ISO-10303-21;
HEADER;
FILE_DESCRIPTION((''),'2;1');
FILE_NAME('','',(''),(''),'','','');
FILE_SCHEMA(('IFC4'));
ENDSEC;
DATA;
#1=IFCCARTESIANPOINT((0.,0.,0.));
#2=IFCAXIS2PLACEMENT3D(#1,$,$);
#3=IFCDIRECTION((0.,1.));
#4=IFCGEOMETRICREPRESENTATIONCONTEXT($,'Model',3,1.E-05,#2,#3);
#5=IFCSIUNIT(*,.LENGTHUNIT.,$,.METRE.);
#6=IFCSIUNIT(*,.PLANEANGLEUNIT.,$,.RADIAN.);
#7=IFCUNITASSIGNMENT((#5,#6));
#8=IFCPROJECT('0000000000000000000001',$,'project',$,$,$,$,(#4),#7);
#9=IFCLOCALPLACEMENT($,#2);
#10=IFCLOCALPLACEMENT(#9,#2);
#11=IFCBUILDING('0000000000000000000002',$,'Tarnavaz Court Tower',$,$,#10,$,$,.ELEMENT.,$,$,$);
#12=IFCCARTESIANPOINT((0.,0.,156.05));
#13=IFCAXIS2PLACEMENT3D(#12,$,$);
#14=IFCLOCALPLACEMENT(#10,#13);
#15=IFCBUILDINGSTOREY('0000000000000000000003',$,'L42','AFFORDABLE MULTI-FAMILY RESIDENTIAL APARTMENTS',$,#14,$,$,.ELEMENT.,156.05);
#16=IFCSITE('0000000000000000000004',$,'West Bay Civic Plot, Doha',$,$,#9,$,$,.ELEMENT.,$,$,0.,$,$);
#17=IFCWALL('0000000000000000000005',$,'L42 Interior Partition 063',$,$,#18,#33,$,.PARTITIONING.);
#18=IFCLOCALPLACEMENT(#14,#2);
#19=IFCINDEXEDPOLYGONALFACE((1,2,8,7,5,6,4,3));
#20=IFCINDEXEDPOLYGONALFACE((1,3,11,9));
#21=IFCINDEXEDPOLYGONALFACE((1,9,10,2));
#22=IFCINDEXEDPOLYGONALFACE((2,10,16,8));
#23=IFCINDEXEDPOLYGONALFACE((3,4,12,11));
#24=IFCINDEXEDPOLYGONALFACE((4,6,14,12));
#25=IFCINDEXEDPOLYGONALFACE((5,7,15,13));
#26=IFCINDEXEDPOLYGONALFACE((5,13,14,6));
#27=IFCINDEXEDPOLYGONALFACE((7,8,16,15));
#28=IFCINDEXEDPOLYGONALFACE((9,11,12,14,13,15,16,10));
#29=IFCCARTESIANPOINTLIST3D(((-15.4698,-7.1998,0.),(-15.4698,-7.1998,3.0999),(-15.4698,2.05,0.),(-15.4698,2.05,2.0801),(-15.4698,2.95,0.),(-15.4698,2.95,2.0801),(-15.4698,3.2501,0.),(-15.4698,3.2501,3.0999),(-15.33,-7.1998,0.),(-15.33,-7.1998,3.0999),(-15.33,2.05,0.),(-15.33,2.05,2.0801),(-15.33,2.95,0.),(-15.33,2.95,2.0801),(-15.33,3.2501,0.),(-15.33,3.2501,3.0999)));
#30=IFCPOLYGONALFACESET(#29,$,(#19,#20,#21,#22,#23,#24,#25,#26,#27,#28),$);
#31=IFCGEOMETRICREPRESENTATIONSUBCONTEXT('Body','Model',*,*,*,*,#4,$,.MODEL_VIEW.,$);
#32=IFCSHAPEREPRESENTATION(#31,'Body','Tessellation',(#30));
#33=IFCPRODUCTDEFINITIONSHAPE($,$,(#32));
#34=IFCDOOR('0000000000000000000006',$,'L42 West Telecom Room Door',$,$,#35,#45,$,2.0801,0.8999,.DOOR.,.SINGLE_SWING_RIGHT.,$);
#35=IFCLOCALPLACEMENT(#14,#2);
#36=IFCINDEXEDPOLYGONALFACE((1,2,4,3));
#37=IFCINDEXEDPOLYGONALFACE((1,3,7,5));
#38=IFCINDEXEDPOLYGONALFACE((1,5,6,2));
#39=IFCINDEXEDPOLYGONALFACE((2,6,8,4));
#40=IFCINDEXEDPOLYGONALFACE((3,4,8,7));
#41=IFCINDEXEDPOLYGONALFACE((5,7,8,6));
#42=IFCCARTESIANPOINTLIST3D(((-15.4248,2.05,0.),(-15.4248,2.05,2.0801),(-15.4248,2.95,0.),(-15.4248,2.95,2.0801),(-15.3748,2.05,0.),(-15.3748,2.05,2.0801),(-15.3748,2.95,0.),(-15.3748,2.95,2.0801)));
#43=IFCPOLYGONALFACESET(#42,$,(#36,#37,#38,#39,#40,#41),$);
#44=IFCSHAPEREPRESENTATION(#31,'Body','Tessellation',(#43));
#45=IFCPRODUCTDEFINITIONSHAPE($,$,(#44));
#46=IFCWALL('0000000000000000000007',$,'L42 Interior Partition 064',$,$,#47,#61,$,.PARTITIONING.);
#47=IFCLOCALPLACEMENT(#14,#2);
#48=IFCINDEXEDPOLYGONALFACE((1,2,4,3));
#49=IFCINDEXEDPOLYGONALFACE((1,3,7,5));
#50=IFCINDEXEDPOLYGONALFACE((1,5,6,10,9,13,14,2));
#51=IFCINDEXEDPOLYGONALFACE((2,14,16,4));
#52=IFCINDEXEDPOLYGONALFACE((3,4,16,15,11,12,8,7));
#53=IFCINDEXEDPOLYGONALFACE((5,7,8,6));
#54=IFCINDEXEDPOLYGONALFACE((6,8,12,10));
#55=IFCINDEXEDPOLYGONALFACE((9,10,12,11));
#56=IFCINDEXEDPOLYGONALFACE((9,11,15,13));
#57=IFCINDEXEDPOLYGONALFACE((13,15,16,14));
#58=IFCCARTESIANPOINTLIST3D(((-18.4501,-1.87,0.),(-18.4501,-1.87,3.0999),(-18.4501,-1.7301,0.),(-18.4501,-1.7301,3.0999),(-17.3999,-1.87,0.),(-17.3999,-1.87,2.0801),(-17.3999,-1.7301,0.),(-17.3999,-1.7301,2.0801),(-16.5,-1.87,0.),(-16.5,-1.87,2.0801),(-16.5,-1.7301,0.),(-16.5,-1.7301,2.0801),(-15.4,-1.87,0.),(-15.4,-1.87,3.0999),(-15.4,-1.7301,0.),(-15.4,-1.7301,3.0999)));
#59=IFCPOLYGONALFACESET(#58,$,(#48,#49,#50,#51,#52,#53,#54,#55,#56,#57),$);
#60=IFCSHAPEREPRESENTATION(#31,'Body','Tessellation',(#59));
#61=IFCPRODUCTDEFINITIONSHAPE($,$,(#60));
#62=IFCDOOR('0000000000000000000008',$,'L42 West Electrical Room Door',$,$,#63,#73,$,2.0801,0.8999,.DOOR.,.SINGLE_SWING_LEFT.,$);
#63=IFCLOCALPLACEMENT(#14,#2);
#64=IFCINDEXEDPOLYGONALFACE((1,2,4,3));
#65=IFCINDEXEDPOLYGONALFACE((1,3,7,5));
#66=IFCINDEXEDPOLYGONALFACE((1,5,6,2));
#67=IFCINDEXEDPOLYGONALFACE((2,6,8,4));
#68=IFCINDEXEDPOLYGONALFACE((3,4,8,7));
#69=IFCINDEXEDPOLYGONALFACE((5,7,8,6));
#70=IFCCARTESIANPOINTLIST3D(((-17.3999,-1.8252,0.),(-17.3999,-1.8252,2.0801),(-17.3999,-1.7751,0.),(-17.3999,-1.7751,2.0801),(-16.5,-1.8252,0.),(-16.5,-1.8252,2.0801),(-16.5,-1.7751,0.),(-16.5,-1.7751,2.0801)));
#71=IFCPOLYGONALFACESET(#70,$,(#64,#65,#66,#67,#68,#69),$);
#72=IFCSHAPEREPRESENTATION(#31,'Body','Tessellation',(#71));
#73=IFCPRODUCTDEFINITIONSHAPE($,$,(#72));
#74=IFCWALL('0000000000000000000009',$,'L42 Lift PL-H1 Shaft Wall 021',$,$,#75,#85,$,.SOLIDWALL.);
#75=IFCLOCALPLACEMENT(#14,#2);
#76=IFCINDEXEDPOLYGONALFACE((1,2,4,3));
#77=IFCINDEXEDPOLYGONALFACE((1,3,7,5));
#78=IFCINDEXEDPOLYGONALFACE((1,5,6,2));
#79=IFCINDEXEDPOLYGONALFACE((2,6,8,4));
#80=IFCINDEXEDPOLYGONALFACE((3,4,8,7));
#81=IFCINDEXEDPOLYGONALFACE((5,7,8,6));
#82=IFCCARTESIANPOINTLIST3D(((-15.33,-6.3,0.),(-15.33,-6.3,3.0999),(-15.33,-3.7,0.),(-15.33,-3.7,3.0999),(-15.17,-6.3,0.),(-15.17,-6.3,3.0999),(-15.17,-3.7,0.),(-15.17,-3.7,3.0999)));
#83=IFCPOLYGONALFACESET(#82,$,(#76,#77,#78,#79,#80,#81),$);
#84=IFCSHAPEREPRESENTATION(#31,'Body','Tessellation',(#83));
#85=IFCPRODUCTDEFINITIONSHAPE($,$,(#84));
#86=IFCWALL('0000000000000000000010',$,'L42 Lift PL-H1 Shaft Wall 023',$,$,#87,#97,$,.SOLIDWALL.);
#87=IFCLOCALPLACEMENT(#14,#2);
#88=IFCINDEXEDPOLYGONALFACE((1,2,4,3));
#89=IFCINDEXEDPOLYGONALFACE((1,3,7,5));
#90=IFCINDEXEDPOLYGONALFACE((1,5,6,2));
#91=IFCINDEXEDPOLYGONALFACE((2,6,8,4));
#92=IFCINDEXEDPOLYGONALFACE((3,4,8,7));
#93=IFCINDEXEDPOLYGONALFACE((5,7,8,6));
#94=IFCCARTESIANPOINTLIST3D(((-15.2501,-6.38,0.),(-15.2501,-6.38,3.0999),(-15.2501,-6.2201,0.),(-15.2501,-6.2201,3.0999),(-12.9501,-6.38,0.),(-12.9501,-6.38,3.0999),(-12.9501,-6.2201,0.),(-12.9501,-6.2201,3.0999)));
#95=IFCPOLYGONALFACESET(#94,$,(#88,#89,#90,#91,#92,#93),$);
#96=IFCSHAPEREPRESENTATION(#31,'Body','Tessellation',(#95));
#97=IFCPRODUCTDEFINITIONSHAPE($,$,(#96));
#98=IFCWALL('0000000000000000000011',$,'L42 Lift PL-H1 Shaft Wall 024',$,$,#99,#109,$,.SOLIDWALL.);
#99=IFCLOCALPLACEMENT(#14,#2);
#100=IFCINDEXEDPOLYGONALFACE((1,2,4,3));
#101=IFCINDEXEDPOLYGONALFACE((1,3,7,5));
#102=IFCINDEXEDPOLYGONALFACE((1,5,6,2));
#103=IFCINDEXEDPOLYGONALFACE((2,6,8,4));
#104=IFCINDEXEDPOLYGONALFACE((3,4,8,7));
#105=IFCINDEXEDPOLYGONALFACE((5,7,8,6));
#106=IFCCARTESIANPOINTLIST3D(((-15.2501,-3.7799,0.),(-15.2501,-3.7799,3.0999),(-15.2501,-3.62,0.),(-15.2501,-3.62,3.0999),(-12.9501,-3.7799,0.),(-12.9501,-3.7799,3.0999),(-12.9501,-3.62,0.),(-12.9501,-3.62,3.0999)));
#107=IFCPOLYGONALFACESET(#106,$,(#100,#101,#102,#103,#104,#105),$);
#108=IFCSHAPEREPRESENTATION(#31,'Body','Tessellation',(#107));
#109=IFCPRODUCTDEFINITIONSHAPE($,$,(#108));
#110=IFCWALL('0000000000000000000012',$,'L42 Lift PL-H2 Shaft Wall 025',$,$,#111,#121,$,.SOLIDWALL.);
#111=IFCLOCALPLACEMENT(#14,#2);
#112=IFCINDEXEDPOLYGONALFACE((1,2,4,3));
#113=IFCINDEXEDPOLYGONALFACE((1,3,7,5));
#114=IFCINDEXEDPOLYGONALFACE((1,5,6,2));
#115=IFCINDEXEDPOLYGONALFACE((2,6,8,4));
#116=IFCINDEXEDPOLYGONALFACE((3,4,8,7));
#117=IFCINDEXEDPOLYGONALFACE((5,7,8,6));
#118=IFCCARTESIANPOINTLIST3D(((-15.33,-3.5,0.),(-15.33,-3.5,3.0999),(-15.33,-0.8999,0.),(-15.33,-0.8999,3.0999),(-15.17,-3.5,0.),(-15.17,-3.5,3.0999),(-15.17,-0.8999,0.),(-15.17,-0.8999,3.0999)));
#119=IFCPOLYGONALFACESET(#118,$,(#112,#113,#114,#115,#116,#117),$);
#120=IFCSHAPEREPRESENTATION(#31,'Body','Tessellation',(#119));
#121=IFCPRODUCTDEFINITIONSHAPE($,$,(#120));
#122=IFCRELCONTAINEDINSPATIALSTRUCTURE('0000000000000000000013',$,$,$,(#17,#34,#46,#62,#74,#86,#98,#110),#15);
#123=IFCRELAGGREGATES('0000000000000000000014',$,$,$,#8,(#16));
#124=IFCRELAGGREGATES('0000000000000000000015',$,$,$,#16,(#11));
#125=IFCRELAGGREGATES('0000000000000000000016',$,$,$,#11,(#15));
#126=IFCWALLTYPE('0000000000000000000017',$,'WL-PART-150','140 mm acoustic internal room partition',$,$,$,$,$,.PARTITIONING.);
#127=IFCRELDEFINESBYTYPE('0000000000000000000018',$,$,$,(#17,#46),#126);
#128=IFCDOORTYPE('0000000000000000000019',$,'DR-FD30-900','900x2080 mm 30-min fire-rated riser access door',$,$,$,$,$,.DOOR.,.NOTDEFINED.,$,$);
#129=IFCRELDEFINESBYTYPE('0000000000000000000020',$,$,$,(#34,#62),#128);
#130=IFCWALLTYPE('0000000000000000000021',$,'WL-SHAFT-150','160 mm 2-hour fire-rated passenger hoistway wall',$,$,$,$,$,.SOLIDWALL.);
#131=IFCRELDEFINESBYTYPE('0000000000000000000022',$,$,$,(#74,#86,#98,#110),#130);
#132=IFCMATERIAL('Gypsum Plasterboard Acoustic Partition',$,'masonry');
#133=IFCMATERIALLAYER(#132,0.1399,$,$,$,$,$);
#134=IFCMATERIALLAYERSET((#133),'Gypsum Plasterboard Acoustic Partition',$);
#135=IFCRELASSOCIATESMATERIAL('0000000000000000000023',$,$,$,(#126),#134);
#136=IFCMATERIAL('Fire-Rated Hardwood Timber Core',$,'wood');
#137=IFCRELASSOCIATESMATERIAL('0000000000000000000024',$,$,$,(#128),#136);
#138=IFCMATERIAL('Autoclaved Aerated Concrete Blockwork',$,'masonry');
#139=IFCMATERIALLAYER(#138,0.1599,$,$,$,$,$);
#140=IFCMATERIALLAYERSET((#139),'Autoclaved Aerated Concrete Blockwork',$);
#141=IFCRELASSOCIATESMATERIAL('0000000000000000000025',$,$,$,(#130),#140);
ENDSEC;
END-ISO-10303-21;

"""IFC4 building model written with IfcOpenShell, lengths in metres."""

from ifc_helpers import new_model, si_unit, direction, frame, frame_2d, origin, place, context, subcontext, project, spatial, rectangle, extrude, material, layer, layer_set, type_object, element, fill, save


model = new_model("IFC4")

# Units and contexts
model_context = context("Model", 3, precision=1e-05, world=origin(), true_north=direction((0.0, 1.0)))
body_context = subcontext(model_context, "Body", "Model", "MODEL_VIEW")
ifc_project = project(units=[si_unit("LENGTHUNIT", "METRE"), si_unit("PLANEANGLEUNIT", "RADIAN")], contexts=[model_context])

# Site, building, storey
site_placement = place(None, origin())
site = spatial("IfcSite", under=ifc_project, at=site_placement, Name="West Bay Civic Plot, Doha", CompositionType="ELEMENT", RefElevation=0.0)
building_placement = place(site_placement, origin())
building = spatial("IfcBuilding", under=site, at=building_placement, Name="Tarnavaz Court Tower", CompositionType="ELEMENT")
storey_placement = place(building_placement, frame((0.0, 0.0, 156.05)))
storey = spatial("IfcBuildingStorey", under=building, at=storey_placement, Name="L42", Description="AFFORDABLE MULTI-FAMILY RESIDENTIAL APARTMENTS", CompositionType="ELEMENT", Elevation=156.05)

# Shared definitions
ifc_material_1 = material(Name="Fire-Rated Hardwood Timber Core", Category="wood")

# Walls, openings, doors
ifc_material_2 = material(Name="Gypsum Plasterboard Acoustic Partition", Category="masonry")
ifc_layer_1 = layer(ifc_material_2, 0.1399)
ifc_layer_set_1 = layer_set([ifc_layer_1], Name="Gypsum Plasterboard Acoustic Partition")
wall_type_1 = type_object("IfcWallType", Name="WL-PART-150", Description="140 mm acoustic internal room partition", PredefinedType="PARTITIONING", material=ifc_layer_set_1)
wall_1_placement = place(storey_placement, frame((-15.3999, -7.2, 0.0), z_axis=(0.0, 0.0, 1.0), x_axis=(0.0, 1.0, 0.0)))
wall_1 = element("IfcWall", 1, at=wall_1_placement, inside=storey, type_object=wall_type_1, Name="L42 Interior Partition 063", PredefinedType="PARTITIONING", context=body_context, shape_type="SweptSolid", body=[
    extrude(rectangle(XDim=10.45, YDim=0.1399, at=frame_2d((5.2251, 0.0))), origin(), (0.0, 0.0, 1.0), 3.0999),
])
opening_1_placement = place(wall_1_placement, frame((9.25, 0.0, 0.0)))
opening_1 = element("IfcOpeningElement", 2, at=opening_1_placement, cuts=wall_1, PredefinedType="OPENING", context=body_context, shape_type="SweptSolid", body=[
    extrude(rectangle(XDim=0.8999, YDim=2.0801, at=frame_2d((0.45, 1.04))), frame((0.0, 0.0798, 0.0), z_axis=(0.0, -1.0, 0.0), x_axis=(1.0, 0.0, 0.0)), (0.0, 0.0, 1.0), 0.1599),
])
door_type_1 = type_object("IfcDoorType", Name="DR-FD30-900", Description="900x2080 mm 30-min fire-rated riser access door", OperationType="NOTDEFINED", PredefinedType="DOOR", material=ifc_material_1)
door_1_placement = place(opening_1_placement, origin())
door_1 = element("IfcDoor", 3, at=door_1_placement, inside=storey, type_object=door_type_1, Name="L42 West Telecom Room Door", OperationType="SINGLE_SWING_RIGHT", OverallHeight=2.0801, OverallWidth=0.8999, PredefinedType="DOOR", context=body_context, shape_type="SweptSolid", body=[
    extrude(rectangle(XDim=0.8999, YDim=2.0801, at=frame_2d((0.45, 1.04))), frame((0.0, 0.0249, 0.0), z_axis=(0.0, -1.0, 0.0), x_axis=(1.0, 0.0, 0.0)), (0.0, 0.0, 1.0), 0.05),
])
fill(opening_1, door_1)
wall_2_placement = place(storey_placement, frame((-18.45, -1.8, 0.0), z_axis=(0.0, 0.0, 1.0), x_axis=(1.0, 0.0, 0.0)))
wall_2 = element("IfcWall", 4, at=wall_2_placement, inside=storey, type_object=wall_type_1, Name="L42 Interior Partition 064", PredefinedType="PARTITIONING", context=body_context, shape_type="SweptSolid", body=[
    extrude(rectangle(XDim=3.05, YDim=0.1399, at=frame_2d((1.5249, 0.0))), origin(), (0.0, 0.0, 1.0), 3.0999),
])
opening_2_placement = place(wall_2_placement, frame((1.05, 0.0, 0.0)))
opening_2 = element("IfcOpeningElement", 5, at=opening_2_placement, cuts=wall_2, PredefinedType="OPENING", context=body_context, shape_type="SweptSolid", body=[
    extrude(rectangle(XDim=0.8999, YDim=2.0801, at=frame_2d((0.45, 1.04))), frame((0.0, 0.0798, 0.0), z_axis=(0.0, -1.0, 0.0), x_axis=(1.0, 0.0, 0.0)), (0.0, 0.0, 1.0), 0.1599),
])
door_2_placement = place(opening_2_placement, origin())
door_2 = element("IfcDoor", 6, at=door_2_placement, inside=storey, type_object=door_type_1, Name="L42 West Electrical Room Door", OperationType="SINGLE_SWING_LEFT", OverallHeight=2.0801, OverallWidth=0.8999, PredefinedType="DOOR", context=body_context, shape_type="SweptSolid", body=[
    extrude(rectangle(XDim=0.8999, YDim=2.0801, at=frame_2d((0.45, 1.04))), frame((0.0, 0.0249, 0.0), z_axis=(0.0, -1.0, 0.0), x_axis=(1.0, 0.0, 0.0)), (0.0, 0.0, 1.0), 0.05),
])
fill(opening_2, door_2)

# Walls
ifc_material_3 = material(Name="Autoclaved Aerated Concrete Blockwork", Category="masonry")
ifc_layer_2 = layer(ifc_material_3, 0.1599)
ifc_layer_set_2 = layer_set([ifc_layer_2], Name="Autoclaved Aerated Concrete Blockwork")
wall_type_2 = type_object("IfcWallType", Name="WL-SHAFT-150", Description="160 mm 2-hour fire-rated passenger hoistway wall", PredefinedType="SOLIDWALL", material=ifc_layer_set_2)
wall_3_placement = place(storey_placement, frame((-15.25, -6.3, 0.0), z_axis=(0.0, 0.0, 1.0), x_axis=(0.0, 1.0, 0.0)))
element("IfcWall", 7, at=wall_3_placement, inside=storey, type_object=wall_type_2, Name="L42 Lift PL-H1 Shaft Wall 021", PredefinedType="SOLIDWALL", context=body_context, shape_type="SweptSolid", body=[
    extrude(rectangle(XDim=2.6001, YDim=0.1599, at=frame_2d((1.3, 0.0))), origin(), (0.0, 0.0, 1.0), 3.0999),
])
for number, where, z_axis, x_axis, name in (
    (8, (-15.25, -6.3, 0.0), (0.0, 0.0, 1.0), (1.0, 0.0, 0.0), "L42 Lift PL-H1 Shaft Wall 023"),
    (9, (-15.25, -3.7, 0.0), (0.0, 0.0, 1.0), (1.0, 0.0, 0.0), "L42 Lift PL-H1 Shaft Wall 024"),
):
    element("IfcWall", number, at=place(storey_placement, frame(where, z_axis=z_axis, x_axis=x_axis)), inside=storey, type_object=wall_type_2, Name=name, PredefinedType="SOLIDWALL", context=body_context, shape_type="SweptSolid", body=[
        extrude(rectangle(XDim=2.3, YDim=0.1599, at=frame_2d((1.1499, 0.0))), origin(), (0.0, 0.0, 1.0), 3.0999),
    ])
wall_4_placement = place(storey_placement, frame((-15.25, -3.5, 0.0), z_axis=(0.0, 0.0, 1.0), x_axis=(0.0, 1.0, 0.0)))
element("IfcWall", 10, at=wall_4_placement, inside=storey, type_object=wall_type_2, Name="L42 Lift PL-H2 Shaft Wall 025", PredefinedType="SOLIDWALL", context=body_context, shape_type="SweptSolid", body=[
    extrude(rectangle(XDim=2.6001, YDim=0.1599, at=frame_2d((1.3, 0.0))), origin(), (0.0, 0.0, 1.0), 3.0999),
])

save(model, "model.ifc")
